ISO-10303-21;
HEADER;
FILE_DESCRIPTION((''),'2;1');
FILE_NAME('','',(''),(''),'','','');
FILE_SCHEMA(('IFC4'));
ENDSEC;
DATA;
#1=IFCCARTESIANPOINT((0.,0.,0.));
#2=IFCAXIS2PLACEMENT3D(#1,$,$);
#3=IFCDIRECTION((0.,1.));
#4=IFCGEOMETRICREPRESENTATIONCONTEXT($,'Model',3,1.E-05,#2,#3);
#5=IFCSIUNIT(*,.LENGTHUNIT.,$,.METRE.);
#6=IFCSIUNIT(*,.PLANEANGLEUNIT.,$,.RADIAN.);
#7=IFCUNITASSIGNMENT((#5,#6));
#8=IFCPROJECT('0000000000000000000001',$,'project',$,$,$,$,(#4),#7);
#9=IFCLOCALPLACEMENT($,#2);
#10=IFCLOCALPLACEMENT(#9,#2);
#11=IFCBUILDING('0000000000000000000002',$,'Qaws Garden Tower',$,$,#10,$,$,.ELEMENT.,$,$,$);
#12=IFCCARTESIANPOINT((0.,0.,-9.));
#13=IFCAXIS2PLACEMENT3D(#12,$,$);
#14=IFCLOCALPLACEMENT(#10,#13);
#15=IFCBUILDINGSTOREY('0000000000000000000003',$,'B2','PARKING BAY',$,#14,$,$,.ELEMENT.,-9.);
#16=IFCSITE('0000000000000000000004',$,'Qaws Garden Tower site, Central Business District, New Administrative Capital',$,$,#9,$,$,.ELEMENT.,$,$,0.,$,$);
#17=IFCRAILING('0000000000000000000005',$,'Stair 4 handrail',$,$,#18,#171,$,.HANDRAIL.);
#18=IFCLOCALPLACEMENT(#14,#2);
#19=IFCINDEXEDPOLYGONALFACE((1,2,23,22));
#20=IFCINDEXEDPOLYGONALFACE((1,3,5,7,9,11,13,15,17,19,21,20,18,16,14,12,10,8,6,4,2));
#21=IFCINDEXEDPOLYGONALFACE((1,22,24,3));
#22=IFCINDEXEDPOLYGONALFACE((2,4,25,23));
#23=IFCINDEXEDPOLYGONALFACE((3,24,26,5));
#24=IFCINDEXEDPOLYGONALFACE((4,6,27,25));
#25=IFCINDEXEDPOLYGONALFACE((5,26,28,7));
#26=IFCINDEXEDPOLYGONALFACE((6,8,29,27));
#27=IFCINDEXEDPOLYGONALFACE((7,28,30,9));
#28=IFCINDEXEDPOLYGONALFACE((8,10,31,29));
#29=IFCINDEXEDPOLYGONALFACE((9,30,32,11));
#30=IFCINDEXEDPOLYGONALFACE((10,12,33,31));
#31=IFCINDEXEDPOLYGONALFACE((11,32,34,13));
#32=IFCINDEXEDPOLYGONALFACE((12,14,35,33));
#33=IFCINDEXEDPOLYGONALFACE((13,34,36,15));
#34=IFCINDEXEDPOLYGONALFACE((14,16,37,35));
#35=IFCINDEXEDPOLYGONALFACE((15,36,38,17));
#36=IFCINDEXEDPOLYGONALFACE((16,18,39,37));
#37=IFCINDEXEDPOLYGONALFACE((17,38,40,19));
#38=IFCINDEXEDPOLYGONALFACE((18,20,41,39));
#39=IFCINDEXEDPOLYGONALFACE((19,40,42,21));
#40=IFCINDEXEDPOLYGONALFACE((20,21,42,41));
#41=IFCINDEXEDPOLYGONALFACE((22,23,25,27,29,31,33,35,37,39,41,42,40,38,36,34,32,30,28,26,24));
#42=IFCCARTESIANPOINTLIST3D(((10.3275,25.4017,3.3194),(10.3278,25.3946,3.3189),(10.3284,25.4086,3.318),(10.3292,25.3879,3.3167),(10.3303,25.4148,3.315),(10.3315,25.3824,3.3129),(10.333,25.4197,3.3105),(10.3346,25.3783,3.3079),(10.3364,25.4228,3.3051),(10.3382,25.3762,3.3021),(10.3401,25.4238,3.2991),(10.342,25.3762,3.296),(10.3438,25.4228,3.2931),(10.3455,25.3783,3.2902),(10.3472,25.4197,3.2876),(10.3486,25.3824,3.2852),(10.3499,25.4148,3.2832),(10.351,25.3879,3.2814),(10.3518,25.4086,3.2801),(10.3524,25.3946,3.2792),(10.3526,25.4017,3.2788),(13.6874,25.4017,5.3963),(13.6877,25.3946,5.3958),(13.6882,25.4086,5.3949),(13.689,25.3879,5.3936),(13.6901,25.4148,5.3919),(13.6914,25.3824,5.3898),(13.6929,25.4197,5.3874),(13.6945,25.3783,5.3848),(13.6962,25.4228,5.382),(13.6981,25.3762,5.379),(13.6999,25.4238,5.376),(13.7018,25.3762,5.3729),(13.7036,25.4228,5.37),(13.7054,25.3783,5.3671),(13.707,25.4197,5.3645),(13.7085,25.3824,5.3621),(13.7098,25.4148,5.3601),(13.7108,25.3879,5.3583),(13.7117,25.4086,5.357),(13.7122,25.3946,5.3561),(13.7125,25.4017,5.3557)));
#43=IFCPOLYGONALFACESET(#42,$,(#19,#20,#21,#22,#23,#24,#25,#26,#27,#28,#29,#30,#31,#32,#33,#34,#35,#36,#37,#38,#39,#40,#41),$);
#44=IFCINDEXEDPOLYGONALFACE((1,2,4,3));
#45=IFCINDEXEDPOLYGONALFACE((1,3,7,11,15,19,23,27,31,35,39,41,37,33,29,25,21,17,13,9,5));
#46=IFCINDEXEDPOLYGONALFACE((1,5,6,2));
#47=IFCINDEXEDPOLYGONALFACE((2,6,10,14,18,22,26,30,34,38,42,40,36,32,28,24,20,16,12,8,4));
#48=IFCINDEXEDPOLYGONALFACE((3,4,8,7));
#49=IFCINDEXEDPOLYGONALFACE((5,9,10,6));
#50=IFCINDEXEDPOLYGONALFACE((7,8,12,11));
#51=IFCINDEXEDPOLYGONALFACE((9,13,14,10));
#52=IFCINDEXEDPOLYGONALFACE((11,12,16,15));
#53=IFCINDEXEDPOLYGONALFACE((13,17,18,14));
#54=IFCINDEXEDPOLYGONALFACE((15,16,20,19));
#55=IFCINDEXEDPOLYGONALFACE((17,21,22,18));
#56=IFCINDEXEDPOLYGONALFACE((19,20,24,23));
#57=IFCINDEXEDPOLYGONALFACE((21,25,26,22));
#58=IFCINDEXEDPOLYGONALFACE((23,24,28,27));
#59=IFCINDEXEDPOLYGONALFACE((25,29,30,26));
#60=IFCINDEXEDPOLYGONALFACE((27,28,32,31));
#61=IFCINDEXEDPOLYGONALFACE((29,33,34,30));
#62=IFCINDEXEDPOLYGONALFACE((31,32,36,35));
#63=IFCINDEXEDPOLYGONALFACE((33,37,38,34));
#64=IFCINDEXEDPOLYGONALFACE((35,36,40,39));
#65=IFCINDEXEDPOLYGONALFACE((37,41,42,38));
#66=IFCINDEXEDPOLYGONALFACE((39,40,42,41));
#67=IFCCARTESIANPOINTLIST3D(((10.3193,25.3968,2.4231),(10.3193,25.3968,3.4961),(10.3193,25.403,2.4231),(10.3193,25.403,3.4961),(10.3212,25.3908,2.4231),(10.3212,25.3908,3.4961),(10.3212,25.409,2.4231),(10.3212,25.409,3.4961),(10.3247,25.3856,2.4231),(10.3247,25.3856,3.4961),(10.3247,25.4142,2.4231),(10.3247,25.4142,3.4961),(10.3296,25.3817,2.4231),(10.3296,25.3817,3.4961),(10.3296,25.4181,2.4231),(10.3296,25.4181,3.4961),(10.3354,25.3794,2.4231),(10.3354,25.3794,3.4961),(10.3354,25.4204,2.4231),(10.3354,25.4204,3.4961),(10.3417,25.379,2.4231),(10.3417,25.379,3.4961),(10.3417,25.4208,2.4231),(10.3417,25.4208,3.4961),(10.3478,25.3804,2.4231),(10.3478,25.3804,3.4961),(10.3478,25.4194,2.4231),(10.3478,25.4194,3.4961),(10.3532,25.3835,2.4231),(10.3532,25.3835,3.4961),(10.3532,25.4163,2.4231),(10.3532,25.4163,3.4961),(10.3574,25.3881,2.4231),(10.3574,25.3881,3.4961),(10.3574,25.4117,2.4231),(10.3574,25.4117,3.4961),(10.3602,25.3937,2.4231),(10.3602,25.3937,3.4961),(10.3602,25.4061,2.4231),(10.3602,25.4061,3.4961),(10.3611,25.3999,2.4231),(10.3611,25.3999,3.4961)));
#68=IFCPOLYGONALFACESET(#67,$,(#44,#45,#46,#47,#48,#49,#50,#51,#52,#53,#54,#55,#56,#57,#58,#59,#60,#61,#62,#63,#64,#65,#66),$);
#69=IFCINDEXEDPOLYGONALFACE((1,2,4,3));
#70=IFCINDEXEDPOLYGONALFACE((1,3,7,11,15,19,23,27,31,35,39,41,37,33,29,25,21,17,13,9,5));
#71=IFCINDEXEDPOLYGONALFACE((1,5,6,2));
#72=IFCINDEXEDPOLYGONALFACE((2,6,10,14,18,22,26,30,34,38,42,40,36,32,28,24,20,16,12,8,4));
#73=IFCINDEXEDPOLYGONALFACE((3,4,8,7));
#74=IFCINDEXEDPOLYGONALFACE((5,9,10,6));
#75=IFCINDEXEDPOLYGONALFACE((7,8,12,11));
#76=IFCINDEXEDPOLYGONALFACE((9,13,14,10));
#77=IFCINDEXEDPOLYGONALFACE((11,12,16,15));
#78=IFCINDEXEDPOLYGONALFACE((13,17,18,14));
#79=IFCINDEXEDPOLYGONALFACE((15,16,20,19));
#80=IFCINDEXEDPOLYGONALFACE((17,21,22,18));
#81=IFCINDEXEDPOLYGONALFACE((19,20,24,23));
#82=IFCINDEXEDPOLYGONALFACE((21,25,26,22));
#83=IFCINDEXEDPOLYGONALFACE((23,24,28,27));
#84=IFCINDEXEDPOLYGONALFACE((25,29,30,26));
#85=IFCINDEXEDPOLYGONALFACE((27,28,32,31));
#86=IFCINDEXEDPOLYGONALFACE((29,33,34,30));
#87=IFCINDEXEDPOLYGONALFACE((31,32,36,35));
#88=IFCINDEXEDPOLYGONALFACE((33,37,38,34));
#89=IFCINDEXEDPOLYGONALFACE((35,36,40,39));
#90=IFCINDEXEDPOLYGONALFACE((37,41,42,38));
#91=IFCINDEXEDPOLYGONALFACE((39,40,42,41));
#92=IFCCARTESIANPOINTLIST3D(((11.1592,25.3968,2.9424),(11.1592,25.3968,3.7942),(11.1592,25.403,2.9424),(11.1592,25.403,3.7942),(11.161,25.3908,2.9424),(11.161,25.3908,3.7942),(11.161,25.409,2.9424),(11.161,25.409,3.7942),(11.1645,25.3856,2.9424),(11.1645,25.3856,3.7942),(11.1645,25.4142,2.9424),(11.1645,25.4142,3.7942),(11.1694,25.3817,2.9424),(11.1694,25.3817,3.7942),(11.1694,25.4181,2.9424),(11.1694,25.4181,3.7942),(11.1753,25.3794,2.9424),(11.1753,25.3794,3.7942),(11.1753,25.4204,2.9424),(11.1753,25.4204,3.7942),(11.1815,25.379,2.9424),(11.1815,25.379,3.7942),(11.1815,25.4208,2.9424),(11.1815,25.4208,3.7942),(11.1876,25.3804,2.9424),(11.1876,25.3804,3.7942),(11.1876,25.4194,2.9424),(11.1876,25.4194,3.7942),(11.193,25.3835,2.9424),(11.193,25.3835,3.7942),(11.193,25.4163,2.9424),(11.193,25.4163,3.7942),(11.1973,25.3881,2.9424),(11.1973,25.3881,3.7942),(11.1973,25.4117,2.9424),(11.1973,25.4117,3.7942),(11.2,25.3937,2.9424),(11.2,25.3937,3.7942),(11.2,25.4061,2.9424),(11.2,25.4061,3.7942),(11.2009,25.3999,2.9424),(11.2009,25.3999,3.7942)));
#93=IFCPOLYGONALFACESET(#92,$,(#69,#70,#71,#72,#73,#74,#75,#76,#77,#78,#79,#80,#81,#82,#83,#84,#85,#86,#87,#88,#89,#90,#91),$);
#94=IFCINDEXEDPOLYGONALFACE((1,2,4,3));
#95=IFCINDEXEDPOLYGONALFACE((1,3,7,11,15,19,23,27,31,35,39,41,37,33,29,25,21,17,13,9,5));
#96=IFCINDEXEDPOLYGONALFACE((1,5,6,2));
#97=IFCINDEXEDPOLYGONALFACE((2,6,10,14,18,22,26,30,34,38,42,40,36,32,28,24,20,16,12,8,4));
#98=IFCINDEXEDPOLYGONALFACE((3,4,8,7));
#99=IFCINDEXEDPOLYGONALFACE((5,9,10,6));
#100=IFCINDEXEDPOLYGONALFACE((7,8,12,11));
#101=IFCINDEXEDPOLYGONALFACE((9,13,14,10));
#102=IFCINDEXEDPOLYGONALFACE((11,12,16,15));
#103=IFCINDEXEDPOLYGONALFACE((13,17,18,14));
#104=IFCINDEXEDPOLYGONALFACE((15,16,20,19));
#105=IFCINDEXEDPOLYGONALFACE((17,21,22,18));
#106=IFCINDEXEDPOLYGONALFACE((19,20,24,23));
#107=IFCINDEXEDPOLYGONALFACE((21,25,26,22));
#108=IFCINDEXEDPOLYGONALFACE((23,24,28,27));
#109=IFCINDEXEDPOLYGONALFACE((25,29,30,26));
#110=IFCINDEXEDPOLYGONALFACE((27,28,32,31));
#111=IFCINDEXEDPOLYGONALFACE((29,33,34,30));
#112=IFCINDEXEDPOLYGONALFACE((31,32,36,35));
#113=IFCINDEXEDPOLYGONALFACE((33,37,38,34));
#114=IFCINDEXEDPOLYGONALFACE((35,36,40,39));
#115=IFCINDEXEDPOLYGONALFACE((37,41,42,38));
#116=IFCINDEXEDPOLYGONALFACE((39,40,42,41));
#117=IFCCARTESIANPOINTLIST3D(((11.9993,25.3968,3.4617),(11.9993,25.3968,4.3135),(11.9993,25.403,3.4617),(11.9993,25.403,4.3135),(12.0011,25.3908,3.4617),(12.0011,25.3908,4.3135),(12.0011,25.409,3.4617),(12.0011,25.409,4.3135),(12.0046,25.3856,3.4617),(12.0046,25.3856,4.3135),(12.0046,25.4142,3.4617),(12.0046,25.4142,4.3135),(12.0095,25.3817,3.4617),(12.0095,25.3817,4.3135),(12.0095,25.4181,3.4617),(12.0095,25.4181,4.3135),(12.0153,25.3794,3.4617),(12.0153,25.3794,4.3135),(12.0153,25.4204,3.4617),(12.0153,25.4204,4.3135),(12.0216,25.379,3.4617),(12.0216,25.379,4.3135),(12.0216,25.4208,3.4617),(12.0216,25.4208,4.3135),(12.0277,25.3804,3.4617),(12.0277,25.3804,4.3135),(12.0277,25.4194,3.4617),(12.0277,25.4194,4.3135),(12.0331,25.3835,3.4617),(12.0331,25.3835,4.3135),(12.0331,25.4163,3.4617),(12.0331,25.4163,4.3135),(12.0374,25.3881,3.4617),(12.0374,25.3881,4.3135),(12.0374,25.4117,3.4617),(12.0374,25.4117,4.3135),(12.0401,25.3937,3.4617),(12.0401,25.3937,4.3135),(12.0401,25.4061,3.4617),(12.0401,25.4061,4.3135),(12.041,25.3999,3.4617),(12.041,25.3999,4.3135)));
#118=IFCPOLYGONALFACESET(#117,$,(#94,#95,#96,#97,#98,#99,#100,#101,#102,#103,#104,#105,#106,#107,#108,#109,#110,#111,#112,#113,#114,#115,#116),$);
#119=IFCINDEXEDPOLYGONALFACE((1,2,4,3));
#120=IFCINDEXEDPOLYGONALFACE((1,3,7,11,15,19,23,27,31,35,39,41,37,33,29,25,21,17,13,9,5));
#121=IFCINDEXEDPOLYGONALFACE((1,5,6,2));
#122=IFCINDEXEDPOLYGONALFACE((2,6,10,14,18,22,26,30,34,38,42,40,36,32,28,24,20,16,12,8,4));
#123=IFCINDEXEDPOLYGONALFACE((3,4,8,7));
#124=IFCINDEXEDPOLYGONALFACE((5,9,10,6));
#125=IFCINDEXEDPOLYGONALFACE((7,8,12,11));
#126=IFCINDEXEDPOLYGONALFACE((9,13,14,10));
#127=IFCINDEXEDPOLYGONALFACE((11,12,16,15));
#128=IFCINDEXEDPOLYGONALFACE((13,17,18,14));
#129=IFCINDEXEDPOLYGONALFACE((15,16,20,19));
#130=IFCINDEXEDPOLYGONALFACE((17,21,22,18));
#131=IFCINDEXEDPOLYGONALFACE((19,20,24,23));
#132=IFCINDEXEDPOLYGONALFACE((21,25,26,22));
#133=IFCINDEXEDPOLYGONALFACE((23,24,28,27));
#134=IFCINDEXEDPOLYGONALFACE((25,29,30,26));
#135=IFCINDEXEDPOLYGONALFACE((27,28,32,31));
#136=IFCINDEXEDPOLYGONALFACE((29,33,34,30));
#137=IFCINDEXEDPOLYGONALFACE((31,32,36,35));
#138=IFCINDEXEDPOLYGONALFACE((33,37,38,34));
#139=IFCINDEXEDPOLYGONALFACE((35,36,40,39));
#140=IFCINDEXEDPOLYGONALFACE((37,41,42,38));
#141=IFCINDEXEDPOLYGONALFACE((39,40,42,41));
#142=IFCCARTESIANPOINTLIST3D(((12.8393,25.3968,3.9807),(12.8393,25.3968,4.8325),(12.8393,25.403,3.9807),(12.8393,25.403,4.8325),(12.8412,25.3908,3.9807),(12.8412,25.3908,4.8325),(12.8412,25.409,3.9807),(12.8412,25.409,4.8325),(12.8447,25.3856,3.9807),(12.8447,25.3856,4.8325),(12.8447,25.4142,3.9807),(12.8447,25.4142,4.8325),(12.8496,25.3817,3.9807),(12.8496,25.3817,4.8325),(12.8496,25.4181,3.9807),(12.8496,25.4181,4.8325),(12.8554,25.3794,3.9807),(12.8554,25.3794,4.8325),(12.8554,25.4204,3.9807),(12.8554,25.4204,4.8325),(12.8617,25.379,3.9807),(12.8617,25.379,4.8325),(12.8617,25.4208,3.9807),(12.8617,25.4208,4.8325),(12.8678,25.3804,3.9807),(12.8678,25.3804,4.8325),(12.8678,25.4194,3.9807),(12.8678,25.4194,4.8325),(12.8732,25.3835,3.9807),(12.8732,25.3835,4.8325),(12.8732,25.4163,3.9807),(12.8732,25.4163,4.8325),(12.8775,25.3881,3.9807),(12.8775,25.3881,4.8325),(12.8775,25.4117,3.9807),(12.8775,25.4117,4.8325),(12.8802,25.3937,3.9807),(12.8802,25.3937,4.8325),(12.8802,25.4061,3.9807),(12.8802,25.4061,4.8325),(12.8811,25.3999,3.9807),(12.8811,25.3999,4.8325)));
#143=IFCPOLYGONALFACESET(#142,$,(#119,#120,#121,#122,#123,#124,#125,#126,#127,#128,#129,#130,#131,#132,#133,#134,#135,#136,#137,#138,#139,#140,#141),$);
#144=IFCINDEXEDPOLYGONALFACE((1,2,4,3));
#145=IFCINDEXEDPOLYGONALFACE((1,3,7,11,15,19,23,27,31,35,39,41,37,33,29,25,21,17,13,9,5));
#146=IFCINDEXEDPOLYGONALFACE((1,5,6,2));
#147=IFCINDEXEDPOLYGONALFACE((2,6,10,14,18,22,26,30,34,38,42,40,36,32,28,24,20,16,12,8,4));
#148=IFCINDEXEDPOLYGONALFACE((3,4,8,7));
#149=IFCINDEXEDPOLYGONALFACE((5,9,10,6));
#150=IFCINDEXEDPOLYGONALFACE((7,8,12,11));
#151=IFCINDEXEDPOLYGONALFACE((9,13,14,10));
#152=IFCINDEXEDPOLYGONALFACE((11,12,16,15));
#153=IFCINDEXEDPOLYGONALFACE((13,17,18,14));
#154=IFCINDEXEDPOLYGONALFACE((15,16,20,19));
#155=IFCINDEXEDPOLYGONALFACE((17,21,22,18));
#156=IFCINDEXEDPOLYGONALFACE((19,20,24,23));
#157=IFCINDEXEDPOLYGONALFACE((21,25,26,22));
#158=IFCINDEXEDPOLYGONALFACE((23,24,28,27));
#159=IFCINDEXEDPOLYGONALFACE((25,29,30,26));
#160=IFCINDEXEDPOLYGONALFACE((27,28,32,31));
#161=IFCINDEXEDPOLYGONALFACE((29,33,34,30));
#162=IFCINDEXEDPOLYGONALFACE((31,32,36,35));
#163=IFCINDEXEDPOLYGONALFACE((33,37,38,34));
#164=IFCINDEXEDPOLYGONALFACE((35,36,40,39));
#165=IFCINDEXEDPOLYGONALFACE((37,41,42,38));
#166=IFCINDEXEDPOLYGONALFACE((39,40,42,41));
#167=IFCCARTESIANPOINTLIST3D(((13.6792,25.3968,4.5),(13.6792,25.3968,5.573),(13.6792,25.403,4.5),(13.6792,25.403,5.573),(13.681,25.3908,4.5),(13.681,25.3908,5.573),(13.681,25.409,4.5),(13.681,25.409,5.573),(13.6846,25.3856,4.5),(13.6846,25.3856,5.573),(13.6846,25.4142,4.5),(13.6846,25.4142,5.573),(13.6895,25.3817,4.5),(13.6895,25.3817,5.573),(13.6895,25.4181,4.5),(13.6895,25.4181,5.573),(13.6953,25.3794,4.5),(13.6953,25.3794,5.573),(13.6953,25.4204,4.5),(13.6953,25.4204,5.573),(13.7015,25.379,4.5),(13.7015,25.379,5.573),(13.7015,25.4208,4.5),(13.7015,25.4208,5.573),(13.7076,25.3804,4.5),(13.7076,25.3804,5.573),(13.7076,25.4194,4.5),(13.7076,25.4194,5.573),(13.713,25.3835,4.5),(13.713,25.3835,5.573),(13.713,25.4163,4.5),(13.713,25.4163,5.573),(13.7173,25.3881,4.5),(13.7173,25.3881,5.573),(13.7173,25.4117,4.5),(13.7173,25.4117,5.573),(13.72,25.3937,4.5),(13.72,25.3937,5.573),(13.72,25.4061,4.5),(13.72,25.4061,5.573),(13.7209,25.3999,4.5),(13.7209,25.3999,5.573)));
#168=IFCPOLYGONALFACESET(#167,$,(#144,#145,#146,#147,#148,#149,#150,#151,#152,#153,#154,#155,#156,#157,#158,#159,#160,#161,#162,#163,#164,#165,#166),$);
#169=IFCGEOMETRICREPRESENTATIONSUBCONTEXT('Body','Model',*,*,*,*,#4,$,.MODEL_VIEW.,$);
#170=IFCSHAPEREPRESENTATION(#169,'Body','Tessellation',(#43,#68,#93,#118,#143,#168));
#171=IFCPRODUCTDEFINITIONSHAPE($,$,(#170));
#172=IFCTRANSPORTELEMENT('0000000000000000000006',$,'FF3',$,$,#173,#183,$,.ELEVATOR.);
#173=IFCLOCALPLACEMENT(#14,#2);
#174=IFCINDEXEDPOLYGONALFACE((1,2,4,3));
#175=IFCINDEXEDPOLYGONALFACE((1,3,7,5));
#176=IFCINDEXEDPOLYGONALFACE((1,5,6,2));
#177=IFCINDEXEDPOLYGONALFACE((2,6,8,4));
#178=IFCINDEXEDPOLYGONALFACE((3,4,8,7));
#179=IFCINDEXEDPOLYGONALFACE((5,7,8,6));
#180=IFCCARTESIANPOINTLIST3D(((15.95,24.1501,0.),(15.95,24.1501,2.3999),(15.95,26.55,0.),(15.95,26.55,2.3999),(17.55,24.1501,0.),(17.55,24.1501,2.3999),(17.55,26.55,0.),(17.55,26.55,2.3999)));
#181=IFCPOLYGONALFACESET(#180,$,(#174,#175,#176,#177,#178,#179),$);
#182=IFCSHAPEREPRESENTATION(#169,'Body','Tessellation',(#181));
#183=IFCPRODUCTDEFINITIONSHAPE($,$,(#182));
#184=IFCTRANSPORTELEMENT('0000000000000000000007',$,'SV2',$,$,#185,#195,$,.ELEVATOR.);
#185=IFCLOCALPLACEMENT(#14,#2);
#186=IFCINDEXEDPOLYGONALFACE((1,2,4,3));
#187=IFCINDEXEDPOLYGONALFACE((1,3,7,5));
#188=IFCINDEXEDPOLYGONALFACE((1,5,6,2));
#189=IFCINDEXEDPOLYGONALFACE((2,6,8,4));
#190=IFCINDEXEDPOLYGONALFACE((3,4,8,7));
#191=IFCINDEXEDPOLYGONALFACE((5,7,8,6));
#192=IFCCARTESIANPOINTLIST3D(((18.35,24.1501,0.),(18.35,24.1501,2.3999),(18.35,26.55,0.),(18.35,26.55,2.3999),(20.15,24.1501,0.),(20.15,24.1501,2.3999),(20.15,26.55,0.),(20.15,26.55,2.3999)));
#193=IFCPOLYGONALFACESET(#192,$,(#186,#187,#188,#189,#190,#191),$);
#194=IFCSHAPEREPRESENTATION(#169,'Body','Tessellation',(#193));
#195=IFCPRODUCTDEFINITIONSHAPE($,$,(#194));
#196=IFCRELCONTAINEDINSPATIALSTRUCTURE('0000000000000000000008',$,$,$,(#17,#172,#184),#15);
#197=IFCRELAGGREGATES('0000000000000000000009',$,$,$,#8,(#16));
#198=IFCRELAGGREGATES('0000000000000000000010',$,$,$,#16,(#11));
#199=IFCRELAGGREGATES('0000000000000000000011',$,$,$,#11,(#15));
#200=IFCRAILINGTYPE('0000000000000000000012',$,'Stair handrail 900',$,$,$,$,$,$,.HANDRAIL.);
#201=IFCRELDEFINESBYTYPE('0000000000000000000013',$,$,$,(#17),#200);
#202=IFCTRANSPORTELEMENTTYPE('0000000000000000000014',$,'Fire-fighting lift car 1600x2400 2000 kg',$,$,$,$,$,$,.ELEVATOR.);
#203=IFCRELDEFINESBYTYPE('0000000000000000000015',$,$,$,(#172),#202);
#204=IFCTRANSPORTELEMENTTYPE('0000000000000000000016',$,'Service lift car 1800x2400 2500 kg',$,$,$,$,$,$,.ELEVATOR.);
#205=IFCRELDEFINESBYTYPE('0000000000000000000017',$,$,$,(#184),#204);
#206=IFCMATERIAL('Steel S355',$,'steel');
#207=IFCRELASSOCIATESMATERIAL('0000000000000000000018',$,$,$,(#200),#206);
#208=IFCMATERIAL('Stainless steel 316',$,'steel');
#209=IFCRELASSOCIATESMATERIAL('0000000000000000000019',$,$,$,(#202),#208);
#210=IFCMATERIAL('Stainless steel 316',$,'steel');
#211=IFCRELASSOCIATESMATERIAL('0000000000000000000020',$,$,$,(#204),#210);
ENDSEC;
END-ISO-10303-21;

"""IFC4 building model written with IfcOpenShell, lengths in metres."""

from ifc_helpers import new_model, si_unit, direction, frame, origin, origin_2d, place, context, subcontext, project, spatial, rectangle, circle, extrude, material, type_object, element, save


model = new_model("IFC4")

# Units and contexts
model_context = context("Model", 3, precision=1e-05, world=origin(), true_north=direction((0.0, 1.0)))
body_context = subcontext(model_context, "Body", "Model", "MODEL_VIEW")
ifc_project = project(units=[si_unit("LENGTHUNIT", "METRE"), si_unit("PLANEANGLEUNIT", "RADIAN")], contexts=[model_context])

# Site, building, storey
site_placement = place(None, origin())
site = spatial("IfcSite", under=ifc_project, at=site_placement, Name="Qaws Garden Tower site, Central Business District, New Administrative Capital", CompositionType="ELEMENT", RefElevation=0.0)
building_placement = place(site_placement, origin())
building = spatial("IfcBuilding", under=site, at=building_placement, Name="Qaws Garden Tower", CompositionType="ELEMENT")
storey_placement = place(building_placement, frame((0.0, 0.0, -9.0)))
storey = spatial("IfcBuildingStorey", under=building, at=storey_placement, Name="B2", Description="PARKING BAY", CompositionType="ELEMENT", Elevation=-9.0)

# Railing
ifc_material_1 = material(Name="Steel S355", Category="steel")
railing_type = type_object("IfcRailingType", Name="Stair handrail 900", PredefinedType="HANDRAIL", material=ifc_material_1)
railing_1_placement = place(storey_placement, frame((10.3401, 25.3999, 2.4231)))
element("IfcRailing", 1, at=railing_1_placement, inside=storey, type_object=railing_type, Name="Stair 4 handrail", PredefinedType="HANDRAIL", context=body_context, shape_type="SweptSolid", body=[
    extrude(circle(Radius=0.0239, at=origin_2d()), frame((0.0, 0.0, 0.876), z_axis=(0.850606, 0.0, 0.525803), x_axis=(0.0, 1.0, 0.0)), (0.0, 0.0, 1.0), 3.95),
    extrude(circle(Radius=0.021, at=origin_2d()), origin(), (0.0, 0.0, 1.0), 1.073),
    extrude(circle(Radius=0.021, at=origin_2d()), frame((0.8398, 0.0, 0.5193)), (0.0, 0.0, 1.0), 0.8518),
    extrude(circle(Radius=0.021, at=origin_2d()), frame((1.6799, 0.0, 1.0386)), (0.0, 0.0, 1.0), 0.8518),
    extrude(circle(Radius=0.021, at=origin_2d()), frame((2.52, 0.0, 1.5576)), (0.0, 0.0, 1.0), 0.8518),
    extrude(circle(Radius=0.021, at=origin_2d()), frame((3.3599, 0.0, 2.0769)), (0.0, 0.0, 1.0), 1.073),
])

# Transport elements
ifc_material_2 = material(Name="Stainless steel 316", Category="steel")
transport_element_type_1 = type_object("IfcTransportElementType", Name="Fire-fighting lift car 1600x2400 2000 kg", PredefinedType="ELEVATOR", material=ifc_material_2)
transport_element_1_placement = place(storey_placement, frame((16.75, 25.3501, 0.0), z_axis=(0.0, 0.0, 1.0), x_axis=(1.0, 0.0, 0.0)))
element("IfcTransportElement", 2, at=transport_element_1_placement, inside=storey, type_object=transport_element_type_1, Name="FF3", PredefinedType="ELEVATOR", context=body_context, shape_type="SweptSolid", body=[
    extrude(rectangle(XDim=1.6001, YDim=2.3999, at=origin_2d()), origin(), (0.0, 0.0, 1.0), 2.3999),
])
ifc_material_3 = material(Name="Stainless steel 316", Category="steel")
transport_element_type_2 = type_object("IfcTransportElementType", Name="Service lift car 1800x2400 2500 kg", PredefinedType="ELEVATOR", material=ifc_material_3)
transport_element_2_placement = place(storey_placement, frame((19.25, 25.3501, 0.0), z_axis=(0.0, 0.0, 1.0), x_axis=(1.0, 0.0, 0.0)))
element("IfcTransportElement", 3, at=transport_element_2_placement, inside=storey, type_object=transport_element_type_2, Name="SV2", PredefinedType="ELEVATOR", context=body_context, shape_type="SweptSolid", body=[
    extrude(rectangle(XDim=1.8, YDim=2.3999, at=origin_2d()), origin(), (0.0, 0.0, 1.0), 2.3999),
])

save(model, "model.ifc")
